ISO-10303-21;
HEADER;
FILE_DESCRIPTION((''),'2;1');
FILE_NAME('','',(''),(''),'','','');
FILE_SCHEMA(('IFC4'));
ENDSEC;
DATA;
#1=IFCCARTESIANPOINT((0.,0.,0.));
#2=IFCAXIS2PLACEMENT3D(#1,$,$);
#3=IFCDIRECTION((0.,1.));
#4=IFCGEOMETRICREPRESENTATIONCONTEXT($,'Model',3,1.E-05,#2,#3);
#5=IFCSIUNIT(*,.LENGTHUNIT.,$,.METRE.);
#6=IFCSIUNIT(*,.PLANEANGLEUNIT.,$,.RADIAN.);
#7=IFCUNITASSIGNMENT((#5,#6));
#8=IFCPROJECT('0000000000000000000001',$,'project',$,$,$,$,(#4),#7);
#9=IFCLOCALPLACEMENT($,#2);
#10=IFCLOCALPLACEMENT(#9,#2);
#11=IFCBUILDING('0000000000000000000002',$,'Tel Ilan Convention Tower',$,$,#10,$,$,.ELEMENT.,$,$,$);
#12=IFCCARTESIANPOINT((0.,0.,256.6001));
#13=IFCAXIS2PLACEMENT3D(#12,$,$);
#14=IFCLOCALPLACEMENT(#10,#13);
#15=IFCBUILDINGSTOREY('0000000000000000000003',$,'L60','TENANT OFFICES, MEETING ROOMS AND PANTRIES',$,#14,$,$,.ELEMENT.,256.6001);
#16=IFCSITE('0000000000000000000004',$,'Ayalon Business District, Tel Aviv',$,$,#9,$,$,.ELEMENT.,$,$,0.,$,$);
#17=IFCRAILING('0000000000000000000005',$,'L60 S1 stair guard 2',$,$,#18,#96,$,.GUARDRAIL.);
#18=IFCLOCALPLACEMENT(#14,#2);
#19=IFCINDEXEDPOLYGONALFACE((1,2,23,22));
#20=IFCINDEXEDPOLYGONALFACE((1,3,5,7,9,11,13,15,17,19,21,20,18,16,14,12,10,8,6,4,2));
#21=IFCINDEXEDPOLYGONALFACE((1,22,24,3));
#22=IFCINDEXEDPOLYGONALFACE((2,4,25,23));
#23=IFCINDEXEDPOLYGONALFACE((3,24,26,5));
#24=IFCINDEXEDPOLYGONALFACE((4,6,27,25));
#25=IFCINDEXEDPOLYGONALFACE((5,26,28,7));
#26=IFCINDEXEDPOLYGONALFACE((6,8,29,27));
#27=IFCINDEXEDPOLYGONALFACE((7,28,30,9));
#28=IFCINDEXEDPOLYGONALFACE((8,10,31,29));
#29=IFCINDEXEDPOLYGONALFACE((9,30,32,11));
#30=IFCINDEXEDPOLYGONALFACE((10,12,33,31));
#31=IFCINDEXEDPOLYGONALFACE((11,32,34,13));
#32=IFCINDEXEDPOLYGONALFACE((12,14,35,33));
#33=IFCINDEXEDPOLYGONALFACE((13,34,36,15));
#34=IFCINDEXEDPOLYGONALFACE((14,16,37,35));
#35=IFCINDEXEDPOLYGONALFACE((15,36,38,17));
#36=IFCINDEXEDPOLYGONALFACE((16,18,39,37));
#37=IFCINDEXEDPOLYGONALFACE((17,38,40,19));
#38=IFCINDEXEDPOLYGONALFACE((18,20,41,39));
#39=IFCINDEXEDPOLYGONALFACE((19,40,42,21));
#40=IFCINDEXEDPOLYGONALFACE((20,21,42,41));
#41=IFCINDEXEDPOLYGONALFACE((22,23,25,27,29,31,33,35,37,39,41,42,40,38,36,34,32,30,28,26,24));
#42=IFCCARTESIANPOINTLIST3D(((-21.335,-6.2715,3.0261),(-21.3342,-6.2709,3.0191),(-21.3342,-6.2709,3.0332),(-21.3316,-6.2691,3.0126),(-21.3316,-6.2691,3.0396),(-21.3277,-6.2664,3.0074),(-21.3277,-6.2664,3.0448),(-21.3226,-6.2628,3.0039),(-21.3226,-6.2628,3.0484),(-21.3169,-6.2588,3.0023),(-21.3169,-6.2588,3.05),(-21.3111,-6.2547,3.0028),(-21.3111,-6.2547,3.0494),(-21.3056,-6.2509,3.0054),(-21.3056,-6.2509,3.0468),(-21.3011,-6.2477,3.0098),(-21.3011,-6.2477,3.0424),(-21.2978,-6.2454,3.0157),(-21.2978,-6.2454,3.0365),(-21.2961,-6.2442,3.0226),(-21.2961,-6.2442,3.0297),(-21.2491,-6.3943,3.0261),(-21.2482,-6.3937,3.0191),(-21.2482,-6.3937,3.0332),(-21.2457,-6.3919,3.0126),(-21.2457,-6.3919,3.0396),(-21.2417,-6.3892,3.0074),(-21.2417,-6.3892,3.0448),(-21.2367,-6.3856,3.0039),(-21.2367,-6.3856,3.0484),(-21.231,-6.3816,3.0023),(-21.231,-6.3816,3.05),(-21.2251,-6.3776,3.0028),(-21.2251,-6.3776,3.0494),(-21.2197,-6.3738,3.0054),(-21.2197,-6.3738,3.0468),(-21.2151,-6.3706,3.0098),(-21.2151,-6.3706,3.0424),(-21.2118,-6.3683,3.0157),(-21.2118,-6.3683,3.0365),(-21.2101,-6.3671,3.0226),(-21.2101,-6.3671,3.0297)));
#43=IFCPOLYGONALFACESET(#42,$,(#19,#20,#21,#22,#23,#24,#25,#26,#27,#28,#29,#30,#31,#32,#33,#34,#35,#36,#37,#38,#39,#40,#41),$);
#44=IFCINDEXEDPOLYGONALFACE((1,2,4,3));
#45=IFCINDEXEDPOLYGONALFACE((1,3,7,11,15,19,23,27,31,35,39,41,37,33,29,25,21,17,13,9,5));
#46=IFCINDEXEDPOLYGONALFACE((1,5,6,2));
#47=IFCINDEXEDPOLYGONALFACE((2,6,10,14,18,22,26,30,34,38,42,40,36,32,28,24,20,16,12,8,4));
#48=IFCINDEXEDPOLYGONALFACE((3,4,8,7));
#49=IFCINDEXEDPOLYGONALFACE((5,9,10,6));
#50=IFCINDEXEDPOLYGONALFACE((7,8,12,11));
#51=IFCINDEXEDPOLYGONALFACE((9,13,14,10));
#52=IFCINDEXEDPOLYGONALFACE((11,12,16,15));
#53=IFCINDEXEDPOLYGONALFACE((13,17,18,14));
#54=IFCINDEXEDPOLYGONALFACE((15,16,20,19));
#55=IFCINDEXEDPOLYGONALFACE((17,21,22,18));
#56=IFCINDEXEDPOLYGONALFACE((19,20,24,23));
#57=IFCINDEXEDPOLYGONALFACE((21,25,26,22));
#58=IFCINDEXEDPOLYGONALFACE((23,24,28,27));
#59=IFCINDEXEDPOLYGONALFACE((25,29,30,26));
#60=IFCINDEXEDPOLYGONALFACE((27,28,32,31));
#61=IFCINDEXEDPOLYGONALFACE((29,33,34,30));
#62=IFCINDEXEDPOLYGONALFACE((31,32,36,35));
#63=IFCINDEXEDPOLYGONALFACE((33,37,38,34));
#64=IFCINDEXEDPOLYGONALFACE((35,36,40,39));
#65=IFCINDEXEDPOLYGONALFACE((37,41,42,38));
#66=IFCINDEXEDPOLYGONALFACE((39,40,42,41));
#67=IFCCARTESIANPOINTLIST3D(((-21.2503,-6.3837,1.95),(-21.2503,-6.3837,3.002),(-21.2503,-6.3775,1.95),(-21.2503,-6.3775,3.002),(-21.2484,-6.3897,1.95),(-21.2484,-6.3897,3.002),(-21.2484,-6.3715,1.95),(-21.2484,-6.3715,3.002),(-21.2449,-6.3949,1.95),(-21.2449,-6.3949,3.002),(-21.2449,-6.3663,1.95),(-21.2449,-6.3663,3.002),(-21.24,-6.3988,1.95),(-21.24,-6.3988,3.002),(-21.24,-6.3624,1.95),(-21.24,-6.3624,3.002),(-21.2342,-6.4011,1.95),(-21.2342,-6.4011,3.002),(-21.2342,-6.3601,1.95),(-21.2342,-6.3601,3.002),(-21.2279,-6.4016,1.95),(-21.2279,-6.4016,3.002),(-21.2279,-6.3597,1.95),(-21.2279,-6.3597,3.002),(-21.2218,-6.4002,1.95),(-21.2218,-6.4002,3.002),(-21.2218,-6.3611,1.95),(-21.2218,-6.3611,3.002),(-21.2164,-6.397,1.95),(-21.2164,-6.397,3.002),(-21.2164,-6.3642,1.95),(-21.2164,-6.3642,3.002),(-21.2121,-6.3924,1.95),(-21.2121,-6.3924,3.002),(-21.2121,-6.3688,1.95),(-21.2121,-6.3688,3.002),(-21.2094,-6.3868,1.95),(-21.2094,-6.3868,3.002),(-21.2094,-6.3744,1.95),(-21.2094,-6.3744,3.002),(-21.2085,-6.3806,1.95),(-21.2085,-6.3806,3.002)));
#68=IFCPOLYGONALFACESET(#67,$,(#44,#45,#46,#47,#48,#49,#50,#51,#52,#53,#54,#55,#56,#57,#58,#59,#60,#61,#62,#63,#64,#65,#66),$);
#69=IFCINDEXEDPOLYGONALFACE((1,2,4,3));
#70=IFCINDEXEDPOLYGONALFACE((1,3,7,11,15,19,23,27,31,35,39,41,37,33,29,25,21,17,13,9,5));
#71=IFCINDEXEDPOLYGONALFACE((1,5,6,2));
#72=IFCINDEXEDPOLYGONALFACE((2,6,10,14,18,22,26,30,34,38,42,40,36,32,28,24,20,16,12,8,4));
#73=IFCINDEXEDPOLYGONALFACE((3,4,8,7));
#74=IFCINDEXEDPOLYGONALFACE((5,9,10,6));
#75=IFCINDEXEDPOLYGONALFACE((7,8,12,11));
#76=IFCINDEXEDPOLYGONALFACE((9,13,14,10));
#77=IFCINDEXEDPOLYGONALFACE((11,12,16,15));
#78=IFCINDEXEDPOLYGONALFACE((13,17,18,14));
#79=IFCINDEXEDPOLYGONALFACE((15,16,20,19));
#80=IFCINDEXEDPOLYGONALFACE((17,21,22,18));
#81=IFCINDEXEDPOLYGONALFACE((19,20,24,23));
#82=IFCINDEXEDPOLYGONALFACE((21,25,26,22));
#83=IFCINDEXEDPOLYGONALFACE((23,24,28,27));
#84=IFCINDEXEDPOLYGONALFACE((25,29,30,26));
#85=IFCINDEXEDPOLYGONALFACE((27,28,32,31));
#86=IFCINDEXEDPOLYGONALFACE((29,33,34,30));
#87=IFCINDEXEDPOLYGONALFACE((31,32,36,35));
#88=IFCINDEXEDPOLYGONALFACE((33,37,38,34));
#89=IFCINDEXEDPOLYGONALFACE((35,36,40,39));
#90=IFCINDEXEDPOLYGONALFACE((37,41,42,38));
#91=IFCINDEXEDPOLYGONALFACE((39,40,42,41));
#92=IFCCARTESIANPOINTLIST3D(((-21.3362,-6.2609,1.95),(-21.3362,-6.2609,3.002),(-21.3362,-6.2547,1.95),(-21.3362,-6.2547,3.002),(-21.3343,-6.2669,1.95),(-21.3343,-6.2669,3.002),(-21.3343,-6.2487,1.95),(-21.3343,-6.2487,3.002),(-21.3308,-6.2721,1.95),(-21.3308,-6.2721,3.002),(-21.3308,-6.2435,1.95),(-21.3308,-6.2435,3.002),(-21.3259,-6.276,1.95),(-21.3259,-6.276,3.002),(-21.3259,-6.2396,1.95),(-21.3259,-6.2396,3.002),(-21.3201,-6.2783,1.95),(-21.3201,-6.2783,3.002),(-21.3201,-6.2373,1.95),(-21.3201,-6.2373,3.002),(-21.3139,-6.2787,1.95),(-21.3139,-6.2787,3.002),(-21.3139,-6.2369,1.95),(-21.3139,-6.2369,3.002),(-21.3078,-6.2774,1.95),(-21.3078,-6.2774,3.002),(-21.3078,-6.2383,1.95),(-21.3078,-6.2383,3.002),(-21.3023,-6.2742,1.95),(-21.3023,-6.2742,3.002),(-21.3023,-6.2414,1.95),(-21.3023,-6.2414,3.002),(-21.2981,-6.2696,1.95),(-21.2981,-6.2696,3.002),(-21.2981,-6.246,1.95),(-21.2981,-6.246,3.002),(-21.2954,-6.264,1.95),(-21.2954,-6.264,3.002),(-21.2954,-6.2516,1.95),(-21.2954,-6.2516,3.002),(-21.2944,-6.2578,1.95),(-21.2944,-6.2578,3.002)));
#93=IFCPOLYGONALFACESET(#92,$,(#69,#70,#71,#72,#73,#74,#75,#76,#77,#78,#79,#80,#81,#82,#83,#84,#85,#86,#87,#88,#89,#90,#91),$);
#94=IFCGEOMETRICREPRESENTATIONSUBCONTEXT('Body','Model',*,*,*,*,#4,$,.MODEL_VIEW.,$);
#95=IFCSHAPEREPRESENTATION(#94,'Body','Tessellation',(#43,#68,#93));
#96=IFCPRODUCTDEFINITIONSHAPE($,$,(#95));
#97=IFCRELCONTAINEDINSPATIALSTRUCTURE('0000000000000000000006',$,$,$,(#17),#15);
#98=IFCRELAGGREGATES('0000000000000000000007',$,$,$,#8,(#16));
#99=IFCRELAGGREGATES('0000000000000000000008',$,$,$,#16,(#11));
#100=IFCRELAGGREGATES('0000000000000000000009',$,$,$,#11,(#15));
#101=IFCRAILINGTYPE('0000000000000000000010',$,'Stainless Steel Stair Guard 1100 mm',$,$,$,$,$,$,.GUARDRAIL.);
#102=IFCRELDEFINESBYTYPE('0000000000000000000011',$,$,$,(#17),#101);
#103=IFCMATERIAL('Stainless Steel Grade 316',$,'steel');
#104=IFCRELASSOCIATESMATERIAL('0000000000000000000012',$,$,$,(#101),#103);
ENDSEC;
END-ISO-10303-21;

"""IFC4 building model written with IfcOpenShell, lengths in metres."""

from ifc_helpers import new_model, si_unit, direction, frame, origin, origin_2d, place, context, subcontext, project, spatial, circle, extrude, material, type_object, element, save


model = new_model("IFC4")

# Units and contexts
model_context = context("Model", 3, precision=1e-05, world=origin(), true_north=direction((0.0, 1.0)))
body_context = subcontext(model_context, "Body", "Model", "MODEL_VIEW")
ifc_project = project(units=[si_unit("LENGTHUNIT", "METRE"), si_unit("PLANEANGLEUNIT", "RADIAN")], contexts=[model_context])

# Site, building, storey
site_placement = place(None, origin())
site = spatial("IfcSite", under=ifc_project, at=site_placement, Name="Ayalon Business District, Tel Aviv", CompositionType="ELEMENT", RefElevation=0.0)
building_placement = place(site_placement, origin())
building = spatial("IfcBuilding", under=site, at=building_placement, Name="Tel Ilan Convention Tower", CompositionType="ELEMENT")
storey_placement = place(building_placement, frame((0.0, 0.0, 256.6001)))
storey = spatial("IfcBuildingStorey", under=building, at=storey_placement, Name="L60", Description="TENANT OFFICES, MEETING ROOMS AND PANTRIES", CompositionType="ELEMENT", Elevation=256.6001)

# Railing
ifc_material_1 = material(Name="Stainless Steel Grade 316", Category="steel")
railing_type_1 = type_object("IfcRailingType", Name="Stainless Steel Stair Guard 1100 mm", PredefinedType="GUARDRAIL", material=ifc_material_1)
railing_1_placement = place(storey_placement, frame((-21.2295, -6.3806, 1.95)))
element("IfcRailing", 1, at=railing_1_placement, inside=storey, type_object=railing_type_1, Name="L60 S1 stair guard 2", PredefinedType="GUARDRAIL", context=body_context, shape_type="SweptSolid", body=[
    extrude(circle(Radius=0.0239, at=origin_2d()), frame((0.0, 0.0, 1.0762), z_axis=(-0.573353, 0.819308, 0.0), x_axis=(-0.819308, -0.573353, 0.0)), (0.0, 0.0, 1.0), 0.1499),
    extrude(circle(Radius=0.021, at=origin_2d()), origin(), (0.0, 0.0, 1.0), 1.052),
    extrude(circle(Radius=0.021, at=origin_2d()), frame((-0.0859, 0.1228, 0.0)), (0.0, 0.0, 1.0), 1.052),
])

save(model, "model.ifc")
